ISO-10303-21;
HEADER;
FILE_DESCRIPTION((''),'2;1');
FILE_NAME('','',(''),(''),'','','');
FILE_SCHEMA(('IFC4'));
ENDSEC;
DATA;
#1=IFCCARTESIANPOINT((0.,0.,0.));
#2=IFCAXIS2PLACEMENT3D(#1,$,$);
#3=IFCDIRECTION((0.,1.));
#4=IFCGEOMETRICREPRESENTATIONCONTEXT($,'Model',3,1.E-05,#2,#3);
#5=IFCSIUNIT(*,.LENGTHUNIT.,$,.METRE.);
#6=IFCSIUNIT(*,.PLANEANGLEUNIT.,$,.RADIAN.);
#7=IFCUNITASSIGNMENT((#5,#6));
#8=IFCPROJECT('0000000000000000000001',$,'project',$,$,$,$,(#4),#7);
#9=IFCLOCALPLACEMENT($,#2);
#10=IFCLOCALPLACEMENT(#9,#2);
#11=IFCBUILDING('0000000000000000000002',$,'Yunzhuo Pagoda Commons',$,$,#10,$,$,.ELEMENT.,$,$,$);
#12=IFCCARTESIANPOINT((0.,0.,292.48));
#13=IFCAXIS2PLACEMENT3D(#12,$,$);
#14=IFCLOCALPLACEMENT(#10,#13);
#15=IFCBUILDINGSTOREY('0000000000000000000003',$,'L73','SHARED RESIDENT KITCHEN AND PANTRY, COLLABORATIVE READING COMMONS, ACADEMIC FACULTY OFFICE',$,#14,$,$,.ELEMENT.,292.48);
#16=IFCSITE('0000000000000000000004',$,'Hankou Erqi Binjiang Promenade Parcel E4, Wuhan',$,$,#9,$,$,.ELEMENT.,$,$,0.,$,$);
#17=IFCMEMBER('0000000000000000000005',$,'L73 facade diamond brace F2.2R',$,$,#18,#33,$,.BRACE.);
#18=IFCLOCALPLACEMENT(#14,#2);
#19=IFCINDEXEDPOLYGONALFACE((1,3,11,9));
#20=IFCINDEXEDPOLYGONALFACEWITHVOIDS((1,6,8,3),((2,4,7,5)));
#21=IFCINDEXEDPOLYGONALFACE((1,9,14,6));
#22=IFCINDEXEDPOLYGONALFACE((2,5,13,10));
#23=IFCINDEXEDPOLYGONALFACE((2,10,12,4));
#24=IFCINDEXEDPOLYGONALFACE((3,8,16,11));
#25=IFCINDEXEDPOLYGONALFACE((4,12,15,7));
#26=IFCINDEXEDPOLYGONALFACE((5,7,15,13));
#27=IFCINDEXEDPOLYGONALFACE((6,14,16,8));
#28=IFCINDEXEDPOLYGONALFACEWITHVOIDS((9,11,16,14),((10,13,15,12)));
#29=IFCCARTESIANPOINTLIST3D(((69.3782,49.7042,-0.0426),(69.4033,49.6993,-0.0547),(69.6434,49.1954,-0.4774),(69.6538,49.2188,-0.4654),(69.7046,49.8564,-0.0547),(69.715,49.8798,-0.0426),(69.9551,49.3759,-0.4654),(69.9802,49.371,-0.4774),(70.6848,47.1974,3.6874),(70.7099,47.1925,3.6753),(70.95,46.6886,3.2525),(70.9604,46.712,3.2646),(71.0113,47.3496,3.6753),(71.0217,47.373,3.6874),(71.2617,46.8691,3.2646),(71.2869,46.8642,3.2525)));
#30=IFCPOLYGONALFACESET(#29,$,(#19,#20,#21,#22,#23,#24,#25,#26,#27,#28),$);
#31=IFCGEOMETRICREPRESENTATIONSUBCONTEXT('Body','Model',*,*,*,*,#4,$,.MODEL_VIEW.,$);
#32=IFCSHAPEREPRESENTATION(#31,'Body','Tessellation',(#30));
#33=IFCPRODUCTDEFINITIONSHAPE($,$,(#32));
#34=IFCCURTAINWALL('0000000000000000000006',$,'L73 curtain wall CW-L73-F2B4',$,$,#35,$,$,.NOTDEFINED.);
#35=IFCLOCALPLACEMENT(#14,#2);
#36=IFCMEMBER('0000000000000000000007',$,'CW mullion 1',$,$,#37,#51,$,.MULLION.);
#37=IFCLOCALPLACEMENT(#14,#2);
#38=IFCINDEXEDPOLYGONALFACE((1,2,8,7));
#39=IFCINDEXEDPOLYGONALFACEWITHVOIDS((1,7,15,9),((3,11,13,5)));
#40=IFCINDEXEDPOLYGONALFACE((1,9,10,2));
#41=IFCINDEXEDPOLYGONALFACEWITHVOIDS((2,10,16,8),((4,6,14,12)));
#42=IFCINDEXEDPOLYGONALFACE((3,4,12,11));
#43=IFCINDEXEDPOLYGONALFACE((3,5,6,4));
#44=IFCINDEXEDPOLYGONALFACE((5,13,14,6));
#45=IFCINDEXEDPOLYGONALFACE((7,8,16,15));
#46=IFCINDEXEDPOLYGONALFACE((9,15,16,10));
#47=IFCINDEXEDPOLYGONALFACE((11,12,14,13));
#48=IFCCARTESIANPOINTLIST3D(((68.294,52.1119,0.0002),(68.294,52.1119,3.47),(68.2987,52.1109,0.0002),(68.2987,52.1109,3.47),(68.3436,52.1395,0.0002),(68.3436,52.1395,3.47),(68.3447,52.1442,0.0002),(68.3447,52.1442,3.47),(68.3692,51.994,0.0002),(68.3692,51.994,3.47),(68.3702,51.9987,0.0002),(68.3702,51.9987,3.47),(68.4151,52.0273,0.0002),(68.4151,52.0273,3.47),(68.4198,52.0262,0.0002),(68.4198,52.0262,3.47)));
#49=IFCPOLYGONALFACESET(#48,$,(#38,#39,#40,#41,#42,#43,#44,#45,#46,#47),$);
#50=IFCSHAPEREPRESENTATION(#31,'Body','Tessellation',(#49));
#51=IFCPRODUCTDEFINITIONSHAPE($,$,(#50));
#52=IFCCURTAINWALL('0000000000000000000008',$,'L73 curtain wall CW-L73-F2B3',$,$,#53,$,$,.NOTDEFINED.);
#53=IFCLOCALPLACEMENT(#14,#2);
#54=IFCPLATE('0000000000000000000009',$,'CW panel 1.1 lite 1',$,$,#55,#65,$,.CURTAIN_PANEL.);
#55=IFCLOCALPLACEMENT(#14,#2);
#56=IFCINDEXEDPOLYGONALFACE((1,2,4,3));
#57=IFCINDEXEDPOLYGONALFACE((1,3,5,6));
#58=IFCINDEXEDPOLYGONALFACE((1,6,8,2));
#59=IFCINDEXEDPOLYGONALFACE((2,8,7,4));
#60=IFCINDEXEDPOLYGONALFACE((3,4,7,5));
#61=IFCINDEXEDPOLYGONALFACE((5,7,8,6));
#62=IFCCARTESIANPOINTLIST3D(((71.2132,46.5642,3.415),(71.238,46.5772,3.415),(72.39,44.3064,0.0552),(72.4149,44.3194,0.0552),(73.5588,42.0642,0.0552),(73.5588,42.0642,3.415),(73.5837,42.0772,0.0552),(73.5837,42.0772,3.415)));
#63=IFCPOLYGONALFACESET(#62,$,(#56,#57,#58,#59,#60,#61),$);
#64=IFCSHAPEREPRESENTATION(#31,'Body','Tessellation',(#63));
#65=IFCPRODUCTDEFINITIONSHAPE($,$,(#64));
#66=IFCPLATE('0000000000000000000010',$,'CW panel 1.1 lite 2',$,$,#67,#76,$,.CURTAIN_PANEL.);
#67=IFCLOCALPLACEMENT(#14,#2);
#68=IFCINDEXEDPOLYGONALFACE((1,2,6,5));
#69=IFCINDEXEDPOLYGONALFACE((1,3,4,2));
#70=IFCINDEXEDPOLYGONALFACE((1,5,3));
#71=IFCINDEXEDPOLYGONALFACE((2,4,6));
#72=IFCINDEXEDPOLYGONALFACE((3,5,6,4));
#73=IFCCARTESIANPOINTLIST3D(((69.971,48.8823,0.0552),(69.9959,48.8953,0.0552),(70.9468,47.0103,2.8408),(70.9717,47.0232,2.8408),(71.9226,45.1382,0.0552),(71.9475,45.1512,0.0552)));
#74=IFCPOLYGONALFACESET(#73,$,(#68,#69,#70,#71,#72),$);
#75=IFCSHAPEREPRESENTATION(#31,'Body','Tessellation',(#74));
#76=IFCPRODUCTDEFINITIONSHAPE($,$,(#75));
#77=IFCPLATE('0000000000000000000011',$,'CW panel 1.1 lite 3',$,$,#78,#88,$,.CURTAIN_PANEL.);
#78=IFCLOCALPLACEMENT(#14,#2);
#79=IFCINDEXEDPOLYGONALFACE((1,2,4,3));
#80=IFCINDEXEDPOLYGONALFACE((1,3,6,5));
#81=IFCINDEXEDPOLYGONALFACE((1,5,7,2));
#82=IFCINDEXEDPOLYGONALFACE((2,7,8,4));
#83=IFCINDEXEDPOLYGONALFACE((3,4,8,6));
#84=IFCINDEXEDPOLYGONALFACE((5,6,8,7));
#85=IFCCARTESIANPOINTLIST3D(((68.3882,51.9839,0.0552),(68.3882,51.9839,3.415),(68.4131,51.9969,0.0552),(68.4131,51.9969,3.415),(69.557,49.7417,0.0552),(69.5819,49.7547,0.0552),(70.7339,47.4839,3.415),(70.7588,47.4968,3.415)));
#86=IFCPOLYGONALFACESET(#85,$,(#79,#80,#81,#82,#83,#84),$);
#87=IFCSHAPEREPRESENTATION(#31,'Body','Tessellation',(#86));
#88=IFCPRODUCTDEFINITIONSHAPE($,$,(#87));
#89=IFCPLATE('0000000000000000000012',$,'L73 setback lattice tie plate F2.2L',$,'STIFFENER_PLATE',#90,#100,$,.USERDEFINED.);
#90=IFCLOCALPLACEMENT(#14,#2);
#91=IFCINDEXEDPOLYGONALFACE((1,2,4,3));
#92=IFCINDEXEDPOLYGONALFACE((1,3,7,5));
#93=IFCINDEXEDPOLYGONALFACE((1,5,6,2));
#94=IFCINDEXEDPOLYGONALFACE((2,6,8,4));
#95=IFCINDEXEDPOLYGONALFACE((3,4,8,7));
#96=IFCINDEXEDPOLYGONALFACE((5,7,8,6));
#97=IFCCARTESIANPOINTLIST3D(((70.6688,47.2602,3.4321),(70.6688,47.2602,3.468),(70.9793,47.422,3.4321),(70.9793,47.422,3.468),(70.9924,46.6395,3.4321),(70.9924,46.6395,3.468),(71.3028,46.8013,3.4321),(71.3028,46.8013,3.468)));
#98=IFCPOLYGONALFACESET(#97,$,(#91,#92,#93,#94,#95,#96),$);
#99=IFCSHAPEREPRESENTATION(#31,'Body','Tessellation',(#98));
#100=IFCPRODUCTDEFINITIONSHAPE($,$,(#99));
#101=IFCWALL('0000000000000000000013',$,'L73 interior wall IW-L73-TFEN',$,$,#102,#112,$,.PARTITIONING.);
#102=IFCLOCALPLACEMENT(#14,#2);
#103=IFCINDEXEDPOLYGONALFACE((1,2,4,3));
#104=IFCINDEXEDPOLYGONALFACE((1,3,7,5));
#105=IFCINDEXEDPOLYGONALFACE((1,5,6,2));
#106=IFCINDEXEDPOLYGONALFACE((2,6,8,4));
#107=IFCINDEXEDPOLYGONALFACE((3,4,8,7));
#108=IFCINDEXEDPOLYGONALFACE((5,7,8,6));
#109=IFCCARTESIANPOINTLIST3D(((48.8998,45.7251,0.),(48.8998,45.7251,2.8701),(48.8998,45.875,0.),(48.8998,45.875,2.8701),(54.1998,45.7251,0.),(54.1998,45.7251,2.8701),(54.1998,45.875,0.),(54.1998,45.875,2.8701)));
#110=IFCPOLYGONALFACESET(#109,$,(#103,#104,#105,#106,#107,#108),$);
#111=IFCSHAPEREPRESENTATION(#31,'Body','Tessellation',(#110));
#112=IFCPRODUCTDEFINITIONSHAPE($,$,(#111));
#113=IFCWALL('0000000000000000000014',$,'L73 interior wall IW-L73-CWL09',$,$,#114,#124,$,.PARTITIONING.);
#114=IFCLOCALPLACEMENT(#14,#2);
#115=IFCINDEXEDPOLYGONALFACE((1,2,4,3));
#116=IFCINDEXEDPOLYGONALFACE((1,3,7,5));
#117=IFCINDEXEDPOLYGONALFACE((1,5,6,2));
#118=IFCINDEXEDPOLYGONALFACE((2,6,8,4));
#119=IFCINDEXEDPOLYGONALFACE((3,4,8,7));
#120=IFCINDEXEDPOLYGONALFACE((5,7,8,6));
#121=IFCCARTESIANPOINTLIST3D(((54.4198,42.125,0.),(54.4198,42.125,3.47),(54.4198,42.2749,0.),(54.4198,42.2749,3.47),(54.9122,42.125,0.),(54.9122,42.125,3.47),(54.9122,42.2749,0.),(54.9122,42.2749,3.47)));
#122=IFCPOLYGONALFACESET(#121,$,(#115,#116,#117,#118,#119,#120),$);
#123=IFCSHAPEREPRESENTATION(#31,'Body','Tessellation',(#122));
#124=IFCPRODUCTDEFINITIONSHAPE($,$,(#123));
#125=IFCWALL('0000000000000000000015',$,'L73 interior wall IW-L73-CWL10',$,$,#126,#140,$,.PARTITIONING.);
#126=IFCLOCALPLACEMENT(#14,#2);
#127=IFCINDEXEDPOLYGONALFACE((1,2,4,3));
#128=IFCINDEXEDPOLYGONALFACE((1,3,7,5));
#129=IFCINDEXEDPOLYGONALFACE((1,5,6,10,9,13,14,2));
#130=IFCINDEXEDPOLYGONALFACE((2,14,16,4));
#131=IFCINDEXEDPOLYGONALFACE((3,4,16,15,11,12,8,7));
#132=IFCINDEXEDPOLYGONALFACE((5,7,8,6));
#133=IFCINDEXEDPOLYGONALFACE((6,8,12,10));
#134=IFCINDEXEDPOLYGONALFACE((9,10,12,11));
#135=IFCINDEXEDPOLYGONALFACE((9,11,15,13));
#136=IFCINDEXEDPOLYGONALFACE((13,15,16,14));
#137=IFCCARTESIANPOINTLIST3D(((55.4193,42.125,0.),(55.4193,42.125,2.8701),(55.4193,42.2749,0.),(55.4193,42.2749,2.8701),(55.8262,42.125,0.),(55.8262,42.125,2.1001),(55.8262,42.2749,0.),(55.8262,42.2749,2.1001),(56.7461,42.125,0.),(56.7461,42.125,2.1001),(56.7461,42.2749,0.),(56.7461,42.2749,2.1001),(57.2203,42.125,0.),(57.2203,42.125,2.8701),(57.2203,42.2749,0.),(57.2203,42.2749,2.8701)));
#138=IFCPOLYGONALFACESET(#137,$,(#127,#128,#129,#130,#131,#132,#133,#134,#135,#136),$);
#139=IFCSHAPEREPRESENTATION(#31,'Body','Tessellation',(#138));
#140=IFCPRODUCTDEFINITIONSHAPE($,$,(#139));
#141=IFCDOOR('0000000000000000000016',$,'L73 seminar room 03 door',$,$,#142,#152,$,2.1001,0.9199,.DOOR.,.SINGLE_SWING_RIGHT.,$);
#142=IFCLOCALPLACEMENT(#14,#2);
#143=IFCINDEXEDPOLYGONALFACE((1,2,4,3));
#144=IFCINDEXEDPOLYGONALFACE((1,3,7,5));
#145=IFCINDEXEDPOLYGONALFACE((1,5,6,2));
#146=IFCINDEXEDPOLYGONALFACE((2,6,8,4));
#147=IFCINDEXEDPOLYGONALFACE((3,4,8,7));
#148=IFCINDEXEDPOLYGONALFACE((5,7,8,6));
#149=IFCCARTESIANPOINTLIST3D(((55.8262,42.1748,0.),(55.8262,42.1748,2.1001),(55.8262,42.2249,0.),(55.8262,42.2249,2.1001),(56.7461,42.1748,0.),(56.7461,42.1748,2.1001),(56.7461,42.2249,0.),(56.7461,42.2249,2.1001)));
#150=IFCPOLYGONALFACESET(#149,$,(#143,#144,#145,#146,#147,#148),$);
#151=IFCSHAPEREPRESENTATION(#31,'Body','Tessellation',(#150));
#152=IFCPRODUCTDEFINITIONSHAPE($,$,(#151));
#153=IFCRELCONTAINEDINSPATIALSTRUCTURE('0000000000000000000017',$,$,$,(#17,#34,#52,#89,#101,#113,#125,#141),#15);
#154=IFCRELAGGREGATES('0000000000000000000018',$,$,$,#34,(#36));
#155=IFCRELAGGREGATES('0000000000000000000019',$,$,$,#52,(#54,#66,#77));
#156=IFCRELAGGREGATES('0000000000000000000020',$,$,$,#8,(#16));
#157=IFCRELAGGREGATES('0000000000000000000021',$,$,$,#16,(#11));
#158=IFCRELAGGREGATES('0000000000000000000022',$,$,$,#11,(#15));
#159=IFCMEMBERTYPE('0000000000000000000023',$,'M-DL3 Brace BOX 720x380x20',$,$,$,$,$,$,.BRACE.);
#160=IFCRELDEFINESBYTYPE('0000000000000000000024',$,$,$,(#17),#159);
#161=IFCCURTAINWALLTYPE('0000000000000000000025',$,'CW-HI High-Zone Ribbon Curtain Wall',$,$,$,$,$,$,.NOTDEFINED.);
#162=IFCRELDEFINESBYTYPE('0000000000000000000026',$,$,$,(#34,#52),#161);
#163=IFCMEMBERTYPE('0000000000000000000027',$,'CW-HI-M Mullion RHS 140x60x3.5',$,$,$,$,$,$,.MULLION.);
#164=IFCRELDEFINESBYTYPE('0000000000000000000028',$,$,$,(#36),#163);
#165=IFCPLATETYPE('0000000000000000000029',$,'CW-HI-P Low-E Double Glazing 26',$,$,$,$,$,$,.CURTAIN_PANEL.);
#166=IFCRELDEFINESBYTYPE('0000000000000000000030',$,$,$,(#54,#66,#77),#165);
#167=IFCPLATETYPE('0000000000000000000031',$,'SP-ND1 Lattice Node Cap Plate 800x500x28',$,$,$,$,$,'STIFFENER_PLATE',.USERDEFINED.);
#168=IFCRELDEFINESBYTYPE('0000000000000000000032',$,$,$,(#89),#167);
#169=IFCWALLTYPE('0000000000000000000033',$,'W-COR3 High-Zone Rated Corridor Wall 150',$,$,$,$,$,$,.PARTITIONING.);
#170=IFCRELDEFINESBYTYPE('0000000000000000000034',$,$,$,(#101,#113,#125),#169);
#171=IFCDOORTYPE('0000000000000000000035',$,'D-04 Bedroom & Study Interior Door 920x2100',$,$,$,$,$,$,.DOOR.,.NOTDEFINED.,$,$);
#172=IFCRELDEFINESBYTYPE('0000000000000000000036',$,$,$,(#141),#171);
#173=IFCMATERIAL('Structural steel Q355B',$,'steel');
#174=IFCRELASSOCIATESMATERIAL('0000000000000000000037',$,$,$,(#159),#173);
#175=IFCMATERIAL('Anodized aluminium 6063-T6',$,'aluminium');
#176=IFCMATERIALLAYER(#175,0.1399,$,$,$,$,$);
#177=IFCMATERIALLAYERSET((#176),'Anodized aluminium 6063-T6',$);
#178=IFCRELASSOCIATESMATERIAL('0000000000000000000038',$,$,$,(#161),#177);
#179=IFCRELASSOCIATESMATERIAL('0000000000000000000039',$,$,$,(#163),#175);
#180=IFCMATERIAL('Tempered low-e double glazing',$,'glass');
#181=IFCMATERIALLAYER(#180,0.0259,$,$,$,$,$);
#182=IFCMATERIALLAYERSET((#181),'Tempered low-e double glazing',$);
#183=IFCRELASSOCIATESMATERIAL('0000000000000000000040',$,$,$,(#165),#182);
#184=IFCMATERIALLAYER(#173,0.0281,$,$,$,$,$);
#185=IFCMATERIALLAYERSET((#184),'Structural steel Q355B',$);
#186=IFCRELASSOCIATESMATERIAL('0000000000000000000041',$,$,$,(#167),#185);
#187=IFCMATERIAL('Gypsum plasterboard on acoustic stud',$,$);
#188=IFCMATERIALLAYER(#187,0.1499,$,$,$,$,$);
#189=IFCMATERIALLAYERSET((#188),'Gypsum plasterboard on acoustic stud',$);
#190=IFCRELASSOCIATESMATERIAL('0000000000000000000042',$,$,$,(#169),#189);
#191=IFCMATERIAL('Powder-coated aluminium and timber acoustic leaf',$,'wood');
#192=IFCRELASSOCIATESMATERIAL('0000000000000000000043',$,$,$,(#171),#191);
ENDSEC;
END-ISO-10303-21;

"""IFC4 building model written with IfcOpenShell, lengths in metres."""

from ifc_helpers import new_model, si_unit, direction, frame, frame_2d, origin, origin_with_axes, origin_2d, place, context, subcontext, project, spatial, polyline, rectangle, hollow_rectangle, outline, extrude, source, transform, mapped, material, layer, layer_set, material_profile, profile_set, type_object, element, fill, aggregate, save


model = new_model("IFC4")

# Units and contexts
model_context = context("Model", 3, precision=1e-05, world=origin(), true_north=direction((0.0, 1.0)))
body_context = subcontext(model_context, "Body", "Model", "MODEL_VIEW")
ifc_project = project(units=[si_unit("LENGTHUNIT", "METRE"), si_unit("PLANEANGLEUNIT", "RADIAN")], contexts=[model_context])

# Site, building, storey
site_placement = place(None, origin())
site = spatial("IfcSite", under=ifc_project, at=site_placement, Name="Hankou Erqi Binjiang Promenade Parcel E4, Wuhan", CompositionType="ELEMENT", RefElevation=0.0)
building_placement = place(site_placement, origin())
building = spatial("IfcBuilding", under=site, at=building_placement, Name="Yunzhuo Pagoda Commons", CompositionType="ELEMENT")
storey_placement = place(building_placement, frame((0.0, 0.0, 292.48)))
storey = spatial("IfcBuildingStorey", under=building, at=storey_placement, Name="L73", Description="SHARED RESIDENT KITCHEN AND PANTRY, COLLABORATIVE READING COMMONS, ACADEMIC FACULTY OFFICE", CompositionType="ELEMENT", Elevation=292.48)

# Shared definitions
ifc_material_1 = material(Name="Structural steel Q355B", Category="steel")

# Member
ifc_material_profile_1 = material_profile(ifc_material_1, hollow_rectangle(XDim=0.3799, YDim=0.72, WallThickness=0.02, at=origin_2d()), Name="Structural steel Q355B")
ifc_profile_set_1 = profile_set([ifc_material_profile_1], Name="Structural steel Q355B")
member_type_1 = type_object("IfcMemberType", Name="M-DL3 Brace BOX 720x380x20", PredefinedType="BRACE", material=ifc_profile_set_1)
shared_shape_1 = source(origin(), body_context, "Body", "SweptSolid", [
    extrude(hollow_rectangle(XDim=0.3799, YDim=0.72, WallThickness=0.02, at=origin_2d()), origin(), (0.0, 0.0, 1.0), 4.6802),
])
for number, where, z_axis, x_axis, name in (
    (1, (69.6792, 49.5376, -0.26), (0.279185, -0.535626, 0.79697), (0.88677, 0.462212, 0.0), "L73 facade diamond brace F2.2R"),
):
    element("IfcMember", number, at=place(storey_placement, frame(where, z_axis=z_axis, x_axis=x_axis)), inside=storey, type_object=member_type_1, Name=name, PredefinedType="BRACE", context=body_context, shape_type="MappedRepresentation", body=[
        mapped(shared_shape_1, transform((0.0, 0.0, 0.0), scale=1.0)),
    ])

# Curtain wall, member
ifc_material_2 = material(Name="Anodized aluminium 6063-T6", Category="aluminium")
ifc_layer_1 = layer(ifc_material_2, 0.1399)
ifc_layer_set_1 = layer_set([ifc_layer_1], Name="Anodized aluminium 6063-T6")
curtain_wall_type = type_object("IfcCurtainWallType", Name="CW-HI High-Zone Ribbon Curtain Wall", PredefinedType="NOTDEFINED", material=ifc_layer_set_1)
curtain_wall_1_placement = place(storey_placement, origin())
curtain_wall_1 = element("IfcCurtainWall", 2, at=curtain_wall_1_placement, inside=storey, type_object=curtain_wall_type, Name="L73 curtain wall CW-L73-F2B4", PredefinedType="NOTDEFINED")
ifc_material_profile_2 = material_profile(ifc_material_2, hollow_rectangle(XDim=0.0601, YDim=0.1399, WallThickness=0.0034, at=origin_2d()), Name="Anodized aluminium 6063-T6")
ifc_profile_set_2 = profile_set([ifc_material_profile_2], Name="Anodized aluminium 6063-T6")
member_type_2 = type_object("IfcMemberType", Name="CW-HI-M Mullion RHS 140x60x3.5", PredefinedType="MULLION", material=ifc_profile_set_2)
shared_shape_2 = source(origin(), body_context, "Body", "SweptSolid", [
    extrude(hollow_rectangle(XDim=0.0601, YDim=0.1399, WallThickness=0.0034, at=origin_2d()), origin(), (0.0, 0.0, 1.0), 3.4697),
])
member_placement = place(storey_placement, frame((68.3569, 52.0691, 0.0002), z_axis=(0.0, 0.0, 1.0), x_axis=(-0.84333, -0.537397, 0.0)))
member = element("IfcMember", 3, at=member_placement, type_object=member_type_2, Name="CW mullion 1", PredefinedType="MULLION", context=body_context, shape_type="MappedRepresentation", body=[
    mapped(shared_shape_2, transform((0.0, 0.0, 0.0), scale=1.0)),
])
aggregate(curtain_wall_1, [member])

# Curtain wall, plates
curtain_wall_2_placement = place(storey_placement, origin())
curtain_wall_2 = element("IfcCurtainWall", 4, at=curtain_wall_2_placement, inside=storey, type_object=curtain_wall_type, Name="L73 curtain wall CW-L73-F2B3", PredefinedType="NOTDEFINED")
ifc_material_3 = material(Name="Tempered low-e double glazing", Category="glass")
ifc_layer_2 = layer(ifc_material_3, 0.0259)
ifc_layer_set_2 = layer_set([ifc_layer_2], Name="Tempered low-e double glazing")
plate_type_1 = type_object("IfcPlateType", Name="CW-HI-P Low-E Double Glazing 26", PredefinedType="CURTAIN_PANEL", material=ifc_layer_set_2)
plate_1_placement = place(storey_placement, frame((72.386, 44.3142, 1.7351), z_axis=(0.886761, 0.462228, 0.0), x_axis=(-0.462228, 0.886761, 0.0)))
plate_1 = element("IfcPlate", 5, at=plate_1_placement, type_object=plate_type_1, Name="CW panel 1.1 lite 1", PredefinedType="CURTAIN_PANEL", context=body_context, shape_type="SweptSolid", body=[
    extrude(outline(polyline([(-2.5374, -1.6799), (-0.0088, -1.6799), (2.5374, 1.6799), (-2.5374, 1.6799), (-2.5374, -1.6799)])), origin(), (0.0, 0.0, 1.0), 0.0281),
])
plate_2_placement = place(storey_placement, frame((70.9468, 47.0103, 1.448), z_axis=(0.886761, 0.462228, 0.0), x_axis=(-0.462228, 0.886761, 0.0)))
plate_2 = element("IfcPlate", 6, at=plate_2_placement, type_object=plate_type_1, Name="CW panel 1.1 lite 2", PredefinedType="CURTAIN_PANEL", context=body_context, shape_type="SweptSolid", body=[
    extrude(outline(polyline([(-2.1111, -1.3928), (2.1111, -1.3928), (0.0, 1.3928), (-2.1111, -1.3928)])), origin(), (0.0, 0.0, 1.0), 0.0281),
])
plate_3_placement = place(storey_placement, frame((69.561, 49.7339, 1.7351), z_axis=(0.886761, 0.462228, 0.0), x_axis=(-0.462228, 0.886761, 0.0)))
plate_3 = element("IfcPlate", 7, at=plate_3_placement, type_object=plate_type_1, Name="CW panel 1.1 lite 3", PredefinedType="CURTAIN_PANEL", context=body_context, shape_type="SweptSolid", body=[
    extrude(outline(polyline([(-2.5374, 1.6799), (0.0088, -1.6799), (2.5374, -1.6799), (2.5374, 1.6799), (-2.5374, 1.6799)])), origin(), (0.0, 0.0, 1.0), 0.0281),
])
aggregate(curtain_wall_2, [plate_1, plate_2, plate_3])

# Plate
ifc_layer_3 = layer(ifc_material_1, 0.0281)
ifc_layer_set_3 = layer_set([ifc_layer_3], Name="Structural steel Q355B")
plate_type_2 = type_object("IfcPlateType", Name="SP-ND1 Lattice Node Cap Plate 800x500x28", ElementType="STIFFENER_PLATE", PredefinedType="USERDEFINED", material=ifc_layer_set_3)
shared_shape_3 = source(origin(), body_context, "Body", "SweptSolid", [
    extrude(rectangle(XDim=0.7, YDim=0.3501, at=origin_2d()), origin(), (0.0, 0.0, 1.0), 0.0359),
])
plate_4_placement = place(storey_placement, frame((70.9858, 47.0308, 3.4321), z_axis=(0.0, 0.0, 1.0), x_axis=(-0.462228, 0.886761, 0.0)))
element("IfcPlate", 8, at=plate_4_placement, inside=storey, type_object=plate_type_2, Name="L73 setback lattice tie plate F2.2L", ObjectType="STIFFENER_PLATE", PredefinedType="USERDEFINED", context=body_context, shape_type="MappedRepresentation", body=[
    mapped(shared_shape_3, transform((0.0, 0.0, 0.0), scale=1.0)),
])

# Walls
ifc_material_4 = material(Name="Gypsum plasterboard on acoustic stud")
ifc_layer_4 = layer(ifc_material_4, 0.1499)
ifc_layer_set_4 = layer_set([ifc_layer_4], Name="Gypsum plasterboard on acoustic stud")
wall_type_1 = type_object("IfcWallType", Name="W-COR3 High-Zone Rated Corridor Wall 150", PredefinedType="PARTITIONING", material=ifc_layer_set_4)
wall_1_placement = place(storey_placement, frame((48.8999, 45.8, 0.0), z_axis=(0.0, 0.0, 1.0), x_axis=(1.0, 0.0, 0.0)))
element("IfcWall", 9, at=wall_1_placement, inside=storey, type_object=wall_type_1, Name="L73 interior wall IW-L73-TFEN", PredefinedType="PARTITIONING", context=body_context, shape_type="SweptSolid", body=[
    extrude(rectangle(XDim=5.3, YDim=0.1499, at=frame_2d((2.6499, 0.0))), origin(), (0.0, 0.0, 1.0), 2.8701),
])
wall_2_placement = place(storey_placement, frame((54.4199, 42.2, 0.0), z_axis=(0.0, 0.0, 1.0), x_axis=(1.0, 0.0, 0.0)))
element("IfcWall", 10, at=wall_2_placement, inside=storey, type_object=wall_type_1, Name="L73 interior wall IW-L73-CWL09", PredefinedType="PARTITIONING", context=body_context, shape_type="SweptSolid", body=[
    extrude(rectangle(XDim=0.4924, YDim=0.1499, at=frame_2d((0.2461, 0.0))), origin(), (0.0, 0.0, 1.0), 3.47),
])

# Wall, opening, door
wall_3_placement = place(storey_placement, frame((55.4194, 42.2, 0.0), z_axis=(0.0, 0.0, 1.0), x_axis=(1.0, 0.0, 0.0)))
wall_3 = element("IfcWall", 11, at=wall_3_placement, inside=storey, type_object=wall_type_1, Name="L73 interior wall IW-L73-CWL10", PredefinedType="PARTITIONING", context=body_context, shape_type="SweptSolid", body=[
    extrude(rectangle(XDim=1.801, YDim=0.1499, at=frame_2d((0.9004, 0.0))), origin(), (0.0, 0.0, 1.0), 2.8701),
])
opening_1_placement = place(wall_3_placement, frame((0.4067, 0.0, 0.0)))
opening_1 = element("IfcOpeningElement", 12, at=opening_1_placement, cuts=wall_3, PredefinedType="OPENING", context=body_context, shape_type="SweptSolid", body=[
    extrude(rectangle(XDim=0.9199, YDim=2.1001, at=frame_2d((0.46, 1.05))), frame((0.0, 0.085, 0.0), z_axis=(0.0, -1.0, 0.0), x_axis=(1.0, 0.0, 0.0)), (0.0, 0.0, 1.0), 0.1699),
])
ifc_material_5 = material(Name="Powder-coated aluminium and timber acoustic leaf", Category="wood")
door_type = type_object("IfcDoorType", Name="D-04 Bedroom & Study Interior Door 920x2100", OperationType="NOTDEFINED", PredefinedType="DOOR", material=ifc_material_5)
shared_shape_4 = source(origin(), body_context, "Body", "SweptSolid", [
    extrude(rectangle(XDim=0.9199, YDim=2.1001, at=frame_2d((0.46, 1.05))), frame((0.0, 0.0249, 0.0), z_axis=(0.0, -1.0, 0.0), x_axis=(1.0, 0.0, 0.0)), (0.0, 0.0, 1.0), 0.05),
])
door_1_placement = place(opening_1_placement, origin_with_axes())
door_1 = element("IfcDoor", 13, at=door_1_placement, inside=storey, type_object=door_type, Name="L73 seminar room 03 door", OperationType="SINGLE_SWING_RIGHT", OverallHeight=2.1001, OverallWidth=0.9199, PredefinedType="DOOR", context=body_context, shape_type="MappedRepresentation", body=[
    mapped(shared_shape_4, transform((0.0, 0.0, 0.0), scale=1.0)),
])
fill(opening_1, door_1)

save(model, "model.ifc")
